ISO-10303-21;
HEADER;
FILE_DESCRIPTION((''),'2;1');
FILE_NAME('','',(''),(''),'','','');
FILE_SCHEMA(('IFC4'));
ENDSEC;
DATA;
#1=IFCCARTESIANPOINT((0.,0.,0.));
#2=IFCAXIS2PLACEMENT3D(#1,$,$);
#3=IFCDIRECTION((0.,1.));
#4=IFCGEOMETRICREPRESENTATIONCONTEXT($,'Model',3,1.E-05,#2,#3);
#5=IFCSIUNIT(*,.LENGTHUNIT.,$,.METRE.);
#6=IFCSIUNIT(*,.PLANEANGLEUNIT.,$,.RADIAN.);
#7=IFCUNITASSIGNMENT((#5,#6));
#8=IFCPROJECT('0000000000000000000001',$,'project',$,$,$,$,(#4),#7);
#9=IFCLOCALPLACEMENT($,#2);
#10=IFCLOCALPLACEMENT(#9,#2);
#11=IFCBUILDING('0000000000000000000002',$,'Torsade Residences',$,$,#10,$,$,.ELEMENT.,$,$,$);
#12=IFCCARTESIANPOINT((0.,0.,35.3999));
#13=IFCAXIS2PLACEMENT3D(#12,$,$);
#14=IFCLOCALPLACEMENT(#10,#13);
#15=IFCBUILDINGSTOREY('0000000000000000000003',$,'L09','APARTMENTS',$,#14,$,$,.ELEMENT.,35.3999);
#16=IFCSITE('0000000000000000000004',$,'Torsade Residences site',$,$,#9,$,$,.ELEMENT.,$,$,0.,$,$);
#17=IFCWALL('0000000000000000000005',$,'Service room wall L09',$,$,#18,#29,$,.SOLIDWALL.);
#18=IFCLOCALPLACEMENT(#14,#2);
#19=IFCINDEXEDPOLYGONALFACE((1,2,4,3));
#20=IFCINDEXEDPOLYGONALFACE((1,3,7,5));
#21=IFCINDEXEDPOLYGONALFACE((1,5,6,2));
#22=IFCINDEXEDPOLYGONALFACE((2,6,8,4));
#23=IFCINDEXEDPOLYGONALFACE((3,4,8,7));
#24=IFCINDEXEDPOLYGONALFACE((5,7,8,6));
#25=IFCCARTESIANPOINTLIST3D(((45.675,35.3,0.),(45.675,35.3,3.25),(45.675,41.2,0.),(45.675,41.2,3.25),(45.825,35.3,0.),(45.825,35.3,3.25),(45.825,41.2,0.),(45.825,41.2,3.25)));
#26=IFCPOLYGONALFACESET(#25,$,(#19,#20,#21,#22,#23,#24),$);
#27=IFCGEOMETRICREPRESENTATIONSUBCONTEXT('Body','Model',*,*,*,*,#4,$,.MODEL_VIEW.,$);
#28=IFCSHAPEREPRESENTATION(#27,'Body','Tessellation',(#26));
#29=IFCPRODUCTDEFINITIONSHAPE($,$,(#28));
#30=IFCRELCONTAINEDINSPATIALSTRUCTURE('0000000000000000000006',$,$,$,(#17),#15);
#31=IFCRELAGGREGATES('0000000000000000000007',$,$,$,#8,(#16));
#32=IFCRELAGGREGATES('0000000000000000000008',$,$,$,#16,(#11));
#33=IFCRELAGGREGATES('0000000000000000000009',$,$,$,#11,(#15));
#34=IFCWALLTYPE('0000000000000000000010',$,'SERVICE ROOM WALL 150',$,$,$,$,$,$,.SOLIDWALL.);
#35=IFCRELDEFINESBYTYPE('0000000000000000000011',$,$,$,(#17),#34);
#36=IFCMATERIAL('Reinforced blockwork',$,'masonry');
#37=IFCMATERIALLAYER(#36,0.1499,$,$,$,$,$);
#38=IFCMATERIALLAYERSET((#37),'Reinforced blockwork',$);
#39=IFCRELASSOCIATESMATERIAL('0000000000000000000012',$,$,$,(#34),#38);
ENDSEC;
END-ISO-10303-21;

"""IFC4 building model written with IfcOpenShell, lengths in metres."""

from ifc_helpers import new_model, si_unit, direction, frame, frame_2d, origin, place, context, subcontext, project, spatial, rectangle, extrude, material, layer, layer_set, type_object, element, save


model = new_model("IFC4")

# Units and contexts
model_context = context("Model", 3, precision=1e-05, world=origin(), true_north=direction((0.0, 1.0)))
body_context = subcontext(model_context, "Body", "Model", "MODEL_VIEW")
ifc_project = project(units=[si_unit("LENGTHUNIT", "METRE"), si_unit("PLANEANGLEUNIT", "RADIAN")], contexts=[model_context])

# Site, building, storey
site_placement = place(None, origin())
site = spatial("IfcSite", under=ifc_project, at=site_placement, Name="Torsade Residences site", CompositionType="ELEMENT", RefElevation=0.0)
building_placement = place(site_placement, origin())
building = spatial("IfcBuilding", under=site, at=building_placement, Name="Torsade Residences", CompositionType="ELEMENT")
storey_placement = place(building_placement, frame((0.0, 0.0, 35.3999)))
storey = spatial("IfcBuildingStorey", under=building, at=storey_placement, Name="L09", Description="APARTMENTS", CompositionType="ELEMENT", Elevation=35.3999)

# Wall
ifc_material_1 = material(Name="Reinforced blockwork", Category="masonry")
ifc_layer_1 = layer(ifc_material_1, 0.1499)
ifc_layer_set_1 = layer_set([ifc_layer_1], Name="Reinforced blockwork")
wall_type_1 = type_object("IfcWallType", Name="SERVICE ROOM WALL 150", PredefinedType="SOLIDWALL", material=ifc_layer_set_1)
wall_1_placement = place(storey_placement, frame((45.75, 41.2, 0.0), z_axis=(0.0, 0.0, 1.0), x_axis=(0.0, -1.0, 0.0)))
element("IfcWall", 1, at=wall_1_placement, inside=storey, type_object=wall_type_1, Name="Service room wall L09", PredefinedType="SOLIDWALL", context=body_context, shape_type="SweptSolid", body=[
    extrude(rectangle(XDim=5.8999, YDim=0.1499, at=frame_2d((2.95, 0.0))), origin(), (0.0, 0.0, 1.0), 3.25),
])

save(model, "model.ifc")
